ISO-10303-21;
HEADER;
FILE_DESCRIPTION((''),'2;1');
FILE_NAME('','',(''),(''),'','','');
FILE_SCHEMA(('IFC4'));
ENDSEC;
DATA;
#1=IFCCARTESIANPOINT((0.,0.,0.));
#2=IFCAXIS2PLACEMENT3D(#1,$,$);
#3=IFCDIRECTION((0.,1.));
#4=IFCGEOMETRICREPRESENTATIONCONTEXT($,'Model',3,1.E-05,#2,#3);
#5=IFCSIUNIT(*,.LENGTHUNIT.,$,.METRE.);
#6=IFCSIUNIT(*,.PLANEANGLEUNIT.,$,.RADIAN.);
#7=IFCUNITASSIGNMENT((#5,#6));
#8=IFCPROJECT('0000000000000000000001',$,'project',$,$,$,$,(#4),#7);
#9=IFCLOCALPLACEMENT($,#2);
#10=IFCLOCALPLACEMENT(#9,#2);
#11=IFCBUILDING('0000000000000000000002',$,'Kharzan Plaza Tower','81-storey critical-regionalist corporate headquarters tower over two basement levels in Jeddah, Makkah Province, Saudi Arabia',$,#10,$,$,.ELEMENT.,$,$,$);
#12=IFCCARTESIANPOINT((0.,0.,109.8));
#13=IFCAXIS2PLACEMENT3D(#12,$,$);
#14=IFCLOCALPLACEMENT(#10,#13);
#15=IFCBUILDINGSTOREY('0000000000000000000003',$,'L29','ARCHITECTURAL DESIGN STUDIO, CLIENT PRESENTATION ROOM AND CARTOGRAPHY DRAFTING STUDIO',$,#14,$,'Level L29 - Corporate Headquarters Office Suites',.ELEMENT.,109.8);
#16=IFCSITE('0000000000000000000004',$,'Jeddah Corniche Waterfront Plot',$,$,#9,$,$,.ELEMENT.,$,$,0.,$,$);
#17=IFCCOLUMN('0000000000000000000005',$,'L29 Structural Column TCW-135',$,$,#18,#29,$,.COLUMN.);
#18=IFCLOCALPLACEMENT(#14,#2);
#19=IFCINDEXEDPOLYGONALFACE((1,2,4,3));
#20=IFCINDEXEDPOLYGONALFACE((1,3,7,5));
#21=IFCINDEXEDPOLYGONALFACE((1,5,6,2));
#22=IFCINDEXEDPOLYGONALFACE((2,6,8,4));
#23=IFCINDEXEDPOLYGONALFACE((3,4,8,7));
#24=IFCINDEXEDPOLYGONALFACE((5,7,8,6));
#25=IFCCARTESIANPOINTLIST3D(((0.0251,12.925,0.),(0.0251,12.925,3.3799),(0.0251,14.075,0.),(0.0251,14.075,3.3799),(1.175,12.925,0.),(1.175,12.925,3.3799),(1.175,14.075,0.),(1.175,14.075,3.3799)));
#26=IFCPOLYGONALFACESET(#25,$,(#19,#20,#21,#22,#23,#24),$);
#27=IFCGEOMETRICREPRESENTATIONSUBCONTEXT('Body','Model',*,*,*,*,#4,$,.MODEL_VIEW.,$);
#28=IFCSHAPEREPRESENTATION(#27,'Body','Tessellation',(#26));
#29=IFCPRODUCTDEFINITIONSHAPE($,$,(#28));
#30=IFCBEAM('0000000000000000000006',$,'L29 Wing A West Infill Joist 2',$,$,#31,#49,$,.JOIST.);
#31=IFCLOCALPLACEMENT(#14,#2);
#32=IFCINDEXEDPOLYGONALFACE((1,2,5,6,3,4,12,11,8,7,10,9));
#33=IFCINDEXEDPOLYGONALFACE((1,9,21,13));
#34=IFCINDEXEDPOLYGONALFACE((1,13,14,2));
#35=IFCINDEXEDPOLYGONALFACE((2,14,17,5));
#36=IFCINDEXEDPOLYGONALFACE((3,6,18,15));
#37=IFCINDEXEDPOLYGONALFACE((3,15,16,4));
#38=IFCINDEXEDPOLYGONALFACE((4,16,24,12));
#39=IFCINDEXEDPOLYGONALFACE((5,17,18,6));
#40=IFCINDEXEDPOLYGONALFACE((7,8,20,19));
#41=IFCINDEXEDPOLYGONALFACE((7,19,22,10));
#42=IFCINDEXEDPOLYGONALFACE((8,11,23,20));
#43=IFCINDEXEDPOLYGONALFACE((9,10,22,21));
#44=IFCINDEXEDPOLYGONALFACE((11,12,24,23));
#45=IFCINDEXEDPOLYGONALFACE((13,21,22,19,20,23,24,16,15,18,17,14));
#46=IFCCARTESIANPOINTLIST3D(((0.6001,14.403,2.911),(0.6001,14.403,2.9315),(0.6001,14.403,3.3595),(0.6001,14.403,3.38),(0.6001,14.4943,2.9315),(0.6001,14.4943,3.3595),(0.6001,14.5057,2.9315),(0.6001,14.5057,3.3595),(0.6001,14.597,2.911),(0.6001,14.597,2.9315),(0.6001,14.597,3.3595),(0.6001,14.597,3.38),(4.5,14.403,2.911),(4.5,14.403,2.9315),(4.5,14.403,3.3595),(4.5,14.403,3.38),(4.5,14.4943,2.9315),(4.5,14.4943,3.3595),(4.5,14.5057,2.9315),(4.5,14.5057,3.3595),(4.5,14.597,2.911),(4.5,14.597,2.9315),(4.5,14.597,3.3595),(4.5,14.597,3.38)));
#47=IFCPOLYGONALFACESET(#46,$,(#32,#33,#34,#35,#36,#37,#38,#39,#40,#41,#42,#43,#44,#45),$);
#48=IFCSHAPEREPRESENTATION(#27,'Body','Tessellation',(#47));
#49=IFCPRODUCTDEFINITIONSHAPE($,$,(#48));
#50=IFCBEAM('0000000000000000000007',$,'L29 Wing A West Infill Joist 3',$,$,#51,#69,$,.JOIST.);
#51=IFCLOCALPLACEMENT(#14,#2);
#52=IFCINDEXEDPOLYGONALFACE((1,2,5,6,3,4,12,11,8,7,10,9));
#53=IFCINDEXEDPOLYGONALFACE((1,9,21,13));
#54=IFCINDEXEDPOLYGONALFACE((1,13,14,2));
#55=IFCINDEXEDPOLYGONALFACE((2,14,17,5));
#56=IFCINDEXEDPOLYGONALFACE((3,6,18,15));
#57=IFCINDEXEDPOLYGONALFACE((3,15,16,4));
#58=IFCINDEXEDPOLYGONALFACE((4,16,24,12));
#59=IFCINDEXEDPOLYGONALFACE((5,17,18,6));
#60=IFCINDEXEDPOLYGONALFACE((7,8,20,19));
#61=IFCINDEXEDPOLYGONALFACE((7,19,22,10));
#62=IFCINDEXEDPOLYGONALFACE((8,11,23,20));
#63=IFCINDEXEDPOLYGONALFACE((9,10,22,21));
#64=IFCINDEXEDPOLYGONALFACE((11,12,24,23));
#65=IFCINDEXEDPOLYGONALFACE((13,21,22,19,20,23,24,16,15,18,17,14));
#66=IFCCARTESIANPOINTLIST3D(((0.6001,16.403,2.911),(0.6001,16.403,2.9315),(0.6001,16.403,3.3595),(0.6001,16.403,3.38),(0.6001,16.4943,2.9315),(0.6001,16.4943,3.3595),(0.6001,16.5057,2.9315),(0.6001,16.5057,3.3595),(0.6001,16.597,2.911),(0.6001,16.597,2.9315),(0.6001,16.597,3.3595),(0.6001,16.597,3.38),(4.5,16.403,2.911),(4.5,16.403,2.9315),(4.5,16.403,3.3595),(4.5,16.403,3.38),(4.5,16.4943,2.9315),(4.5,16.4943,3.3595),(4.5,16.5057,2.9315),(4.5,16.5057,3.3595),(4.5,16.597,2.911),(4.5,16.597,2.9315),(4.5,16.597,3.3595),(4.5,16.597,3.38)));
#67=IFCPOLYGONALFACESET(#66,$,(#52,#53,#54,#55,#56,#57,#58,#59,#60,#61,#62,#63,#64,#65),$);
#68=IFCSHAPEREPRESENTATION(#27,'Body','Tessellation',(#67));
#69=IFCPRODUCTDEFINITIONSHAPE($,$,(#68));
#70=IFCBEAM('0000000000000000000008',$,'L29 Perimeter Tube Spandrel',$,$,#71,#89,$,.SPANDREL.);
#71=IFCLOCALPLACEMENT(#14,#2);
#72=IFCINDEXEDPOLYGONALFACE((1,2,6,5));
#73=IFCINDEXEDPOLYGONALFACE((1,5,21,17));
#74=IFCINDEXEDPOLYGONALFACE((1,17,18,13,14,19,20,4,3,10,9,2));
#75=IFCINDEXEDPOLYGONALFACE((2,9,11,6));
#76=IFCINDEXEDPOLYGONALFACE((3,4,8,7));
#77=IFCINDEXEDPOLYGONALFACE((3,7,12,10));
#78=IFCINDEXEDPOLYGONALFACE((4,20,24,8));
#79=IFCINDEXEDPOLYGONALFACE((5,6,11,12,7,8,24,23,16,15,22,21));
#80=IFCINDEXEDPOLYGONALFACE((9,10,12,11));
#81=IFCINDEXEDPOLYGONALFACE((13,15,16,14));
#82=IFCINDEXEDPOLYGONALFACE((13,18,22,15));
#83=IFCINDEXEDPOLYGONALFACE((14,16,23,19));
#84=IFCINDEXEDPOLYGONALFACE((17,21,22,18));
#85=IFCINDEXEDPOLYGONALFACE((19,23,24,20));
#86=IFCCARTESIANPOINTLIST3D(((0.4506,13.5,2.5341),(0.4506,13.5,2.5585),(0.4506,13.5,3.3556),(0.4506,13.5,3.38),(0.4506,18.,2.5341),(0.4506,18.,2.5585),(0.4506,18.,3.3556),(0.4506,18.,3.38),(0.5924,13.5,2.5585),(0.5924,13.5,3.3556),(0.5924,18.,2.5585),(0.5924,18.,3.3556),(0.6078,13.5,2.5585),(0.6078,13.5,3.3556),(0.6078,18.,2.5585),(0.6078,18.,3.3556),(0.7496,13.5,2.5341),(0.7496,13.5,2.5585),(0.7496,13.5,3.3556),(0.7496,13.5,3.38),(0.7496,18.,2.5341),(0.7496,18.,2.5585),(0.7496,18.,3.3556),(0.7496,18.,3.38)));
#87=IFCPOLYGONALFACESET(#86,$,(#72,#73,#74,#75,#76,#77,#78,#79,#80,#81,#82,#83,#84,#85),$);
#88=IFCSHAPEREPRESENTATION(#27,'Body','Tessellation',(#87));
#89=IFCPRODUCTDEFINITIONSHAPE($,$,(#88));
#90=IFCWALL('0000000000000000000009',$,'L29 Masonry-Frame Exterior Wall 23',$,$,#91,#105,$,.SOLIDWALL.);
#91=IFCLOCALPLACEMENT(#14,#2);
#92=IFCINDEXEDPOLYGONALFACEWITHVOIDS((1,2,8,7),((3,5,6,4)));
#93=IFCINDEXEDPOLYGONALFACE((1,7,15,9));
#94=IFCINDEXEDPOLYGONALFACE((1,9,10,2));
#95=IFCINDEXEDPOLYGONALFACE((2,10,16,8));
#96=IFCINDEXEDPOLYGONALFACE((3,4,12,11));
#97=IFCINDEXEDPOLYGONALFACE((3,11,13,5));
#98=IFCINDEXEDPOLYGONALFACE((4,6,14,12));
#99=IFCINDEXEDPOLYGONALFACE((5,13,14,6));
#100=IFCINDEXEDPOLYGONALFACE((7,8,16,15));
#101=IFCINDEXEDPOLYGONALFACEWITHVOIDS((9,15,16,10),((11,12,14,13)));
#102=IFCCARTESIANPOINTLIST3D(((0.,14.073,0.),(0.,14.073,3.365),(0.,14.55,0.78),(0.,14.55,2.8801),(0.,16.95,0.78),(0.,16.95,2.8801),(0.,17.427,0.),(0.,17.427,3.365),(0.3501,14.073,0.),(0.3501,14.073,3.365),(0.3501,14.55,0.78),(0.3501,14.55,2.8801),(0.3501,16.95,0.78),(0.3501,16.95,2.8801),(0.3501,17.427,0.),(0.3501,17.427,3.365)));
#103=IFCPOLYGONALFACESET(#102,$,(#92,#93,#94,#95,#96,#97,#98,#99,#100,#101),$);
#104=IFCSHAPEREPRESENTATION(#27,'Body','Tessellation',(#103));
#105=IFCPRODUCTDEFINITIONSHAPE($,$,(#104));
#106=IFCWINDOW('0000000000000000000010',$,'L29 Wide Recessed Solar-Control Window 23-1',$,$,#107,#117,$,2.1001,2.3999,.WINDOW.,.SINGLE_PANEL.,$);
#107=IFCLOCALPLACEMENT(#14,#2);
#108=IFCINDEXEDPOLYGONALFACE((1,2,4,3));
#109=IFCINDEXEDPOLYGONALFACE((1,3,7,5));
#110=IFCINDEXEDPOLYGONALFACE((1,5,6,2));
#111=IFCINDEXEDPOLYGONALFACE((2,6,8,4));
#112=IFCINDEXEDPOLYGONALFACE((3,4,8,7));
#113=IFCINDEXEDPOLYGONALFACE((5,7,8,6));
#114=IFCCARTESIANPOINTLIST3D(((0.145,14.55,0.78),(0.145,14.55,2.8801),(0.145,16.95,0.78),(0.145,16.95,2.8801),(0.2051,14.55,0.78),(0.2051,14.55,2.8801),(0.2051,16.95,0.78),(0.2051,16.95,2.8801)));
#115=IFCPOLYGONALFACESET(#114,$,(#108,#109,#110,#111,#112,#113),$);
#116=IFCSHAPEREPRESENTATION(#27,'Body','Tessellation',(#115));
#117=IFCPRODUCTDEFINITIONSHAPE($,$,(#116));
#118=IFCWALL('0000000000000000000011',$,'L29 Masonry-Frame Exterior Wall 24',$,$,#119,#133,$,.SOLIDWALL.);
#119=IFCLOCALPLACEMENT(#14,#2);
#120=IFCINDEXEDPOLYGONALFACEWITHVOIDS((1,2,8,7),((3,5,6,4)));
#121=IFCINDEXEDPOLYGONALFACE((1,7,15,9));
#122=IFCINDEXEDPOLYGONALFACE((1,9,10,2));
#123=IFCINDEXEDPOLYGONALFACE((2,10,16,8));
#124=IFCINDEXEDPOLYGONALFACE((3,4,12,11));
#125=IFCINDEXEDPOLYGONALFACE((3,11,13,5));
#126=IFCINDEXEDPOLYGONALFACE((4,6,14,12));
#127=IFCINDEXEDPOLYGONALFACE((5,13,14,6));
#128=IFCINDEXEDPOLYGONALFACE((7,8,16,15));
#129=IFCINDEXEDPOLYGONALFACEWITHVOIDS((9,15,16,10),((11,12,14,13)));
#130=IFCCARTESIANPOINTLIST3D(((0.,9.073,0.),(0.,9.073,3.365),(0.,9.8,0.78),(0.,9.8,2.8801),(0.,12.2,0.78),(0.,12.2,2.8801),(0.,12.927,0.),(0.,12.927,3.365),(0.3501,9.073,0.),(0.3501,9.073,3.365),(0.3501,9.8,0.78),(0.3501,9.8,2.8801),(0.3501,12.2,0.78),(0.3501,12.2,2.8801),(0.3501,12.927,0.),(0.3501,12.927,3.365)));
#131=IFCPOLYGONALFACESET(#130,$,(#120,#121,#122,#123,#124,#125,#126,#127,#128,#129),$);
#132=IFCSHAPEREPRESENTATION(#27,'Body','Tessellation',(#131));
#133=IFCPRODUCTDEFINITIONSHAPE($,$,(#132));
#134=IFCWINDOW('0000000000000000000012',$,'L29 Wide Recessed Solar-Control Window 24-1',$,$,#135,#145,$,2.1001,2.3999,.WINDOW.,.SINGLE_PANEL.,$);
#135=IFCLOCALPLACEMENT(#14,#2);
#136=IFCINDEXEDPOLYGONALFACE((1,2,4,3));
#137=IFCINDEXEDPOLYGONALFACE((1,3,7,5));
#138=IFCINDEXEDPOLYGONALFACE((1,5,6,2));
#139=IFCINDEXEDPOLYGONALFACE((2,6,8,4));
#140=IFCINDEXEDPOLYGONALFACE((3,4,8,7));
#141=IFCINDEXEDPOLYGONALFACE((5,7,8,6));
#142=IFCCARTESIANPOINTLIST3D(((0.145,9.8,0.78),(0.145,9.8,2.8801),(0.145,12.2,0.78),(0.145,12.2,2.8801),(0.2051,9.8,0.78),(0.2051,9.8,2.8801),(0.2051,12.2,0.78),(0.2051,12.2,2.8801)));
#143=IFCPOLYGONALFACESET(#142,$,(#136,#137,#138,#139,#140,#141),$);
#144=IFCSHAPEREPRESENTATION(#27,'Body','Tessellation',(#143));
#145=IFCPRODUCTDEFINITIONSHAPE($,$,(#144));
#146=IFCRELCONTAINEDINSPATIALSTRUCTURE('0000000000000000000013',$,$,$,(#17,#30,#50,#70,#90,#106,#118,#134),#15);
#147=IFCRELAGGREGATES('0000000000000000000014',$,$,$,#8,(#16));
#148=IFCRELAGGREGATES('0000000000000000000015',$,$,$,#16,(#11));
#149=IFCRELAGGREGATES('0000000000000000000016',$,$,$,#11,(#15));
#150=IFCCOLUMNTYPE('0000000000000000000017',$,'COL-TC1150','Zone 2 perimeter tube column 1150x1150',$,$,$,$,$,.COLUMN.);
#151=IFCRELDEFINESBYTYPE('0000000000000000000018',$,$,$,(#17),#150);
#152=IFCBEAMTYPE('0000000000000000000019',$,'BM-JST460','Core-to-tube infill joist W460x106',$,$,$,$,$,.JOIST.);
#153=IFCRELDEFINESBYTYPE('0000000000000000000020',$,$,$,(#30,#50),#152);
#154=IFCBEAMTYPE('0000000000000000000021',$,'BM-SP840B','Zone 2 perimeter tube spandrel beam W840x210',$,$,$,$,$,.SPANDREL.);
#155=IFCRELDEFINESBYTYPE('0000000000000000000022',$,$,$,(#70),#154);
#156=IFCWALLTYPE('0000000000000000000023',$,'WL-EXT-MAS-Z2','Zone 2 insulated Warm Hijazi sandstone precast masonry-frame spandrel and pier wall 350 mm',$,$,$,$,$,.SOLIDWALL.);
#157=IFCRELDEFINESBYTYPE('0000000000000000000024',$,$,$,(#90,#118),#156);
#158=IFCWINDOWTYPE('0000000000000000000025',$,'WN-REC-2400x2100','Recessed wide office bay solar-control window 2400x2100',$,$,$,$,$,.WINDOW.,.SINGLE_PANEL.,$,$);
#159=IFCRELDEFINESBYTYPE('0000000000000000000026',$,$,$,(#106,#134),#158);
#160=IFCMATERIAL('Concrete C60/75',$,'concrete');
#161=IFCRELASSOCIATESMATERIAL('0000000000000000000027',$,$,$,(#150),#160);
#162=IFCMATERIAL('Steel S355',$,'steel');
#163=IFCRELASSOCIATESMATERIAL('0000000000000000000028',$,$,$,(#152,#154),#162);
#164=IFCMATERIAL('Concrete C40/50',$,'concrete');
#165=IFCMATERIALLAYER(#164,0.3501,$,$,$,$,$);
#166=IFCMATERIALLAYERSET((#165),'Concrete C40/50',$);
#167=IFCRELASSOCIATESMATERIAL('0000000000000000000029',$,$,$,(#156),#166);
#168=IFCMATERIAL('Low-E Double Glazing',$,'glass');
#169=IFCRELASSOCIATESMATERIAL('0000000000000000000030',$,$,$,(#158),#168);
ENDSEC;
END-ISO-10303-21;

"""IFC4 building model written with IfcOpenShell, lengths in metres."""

from ifc_helpers import new_model, si_unit, direction, frame, frame_2d, origin, origin_2d, place, context, subcontext, project, spatial, rectangle, i_section, extrude, source, transform, mapped, material, layer, layer_set, material_profile, profile_set, type_object, element, fill, save


model = new_model("IFC4")

# Units and contexts
model_context = context("Model", 3, precision=1e-05, world=origin(), true_north=direction((0.0, 1.0)))
body_context = subcontext(model_context, "Body", "Model", "MODEL_VIEW")
ifc_project = project(units=[si_unit("LENGTHUNIT", "METRE"), si_unit("PLANEANGLEUNIT", "RADIAN")], contexts=[model_context])

# Site, building, storey
site_placement = place(None, origin())
site = spatial("IfcSite", under=ifc_project, at=site_placement, Name="Jeddah Corniche Waterfront Plot", CompositionType="ELEMENT", RefElevation=0.0)
building_placement = place(site_placement, origin())
building = spatial("IfcBuilding", under=site, at=building_placement, Name="Kharzan Plaza Tower", Description="81-storey critical-regionalist corporate headquarters tower over two basement levels in Jeddah, Makkah Province, Saudi Arabia", CompositionType="ELEMENT")
storey_placement = place(building_placement, frame((0.0, 0.0, 109.8)))
storey = spatial("IfcBuildingStorey", under=building, at=storey_placement, Name="L29", Description="ARCHITECTURAL DESIGN STUDIO, CLIENT PRESENTATION ROOM AND CARTOGRAPHY DRAFTING STUDIO", LongName="Level L29 - Corporate Headquarters Office Suites", CompositionType="ELEMENT", Elevation=109.8)

# Column
ifc_material_1 = material(Name="Concrete C60/75", Category="concrete")
ifc_material_profile_1 = material_profile(ifc_material_1, rectangle(XDim=1.1499, YDim=1.1499, at=origin_2d()), Name="RC-TC1150x1150")
ifc_profile_set_1 = profile_set([ifc_material_profile_1], Name="Concrete C60/75")
column_type = type_object("IfcColumnType", Name="COL-TC1150", Description="Zone 2 perimeter tube column 1150x1150", PredefinedType="COLUMN", material=ifc_profile_set_1)
shared_shape_1 = source(origin(), body_context, "Body", "SweptSolid", [
    extrude(rectangle(XDim=1.1499, YDim=1.1499, at=origin_2d()), origin(), (0.0, 0.0, 1.0), 3.3799),
])
column_placement = place(storey_placement, frame((0.6001, 13.5, 0.0), z_axis=(0.0, 0.0, 1.0), x_axis=(1.0, 0.0, 0.0)))
element("IfcColumn", 1, at=column_placement, inside=storey, type_object=column_type, Name="L29 Structural Column TCW-135", PredefinedType="COLUMN", context=body_context, shape_type="MappedRepresentation", body=[
    mapped(shared_shape_1, transform((0.0, 0.0, 0.0), x_axis=(1.0, 0.0, 0.0), y_axis=(0.0, 1.0, 0.0), z_axis=(0.0, 0.0, 1.0))),
])

# Beams
ifc_material_2 = material(Name="Steel S355", Category="steel")
ifc_material_profile_2 = material_profile(ifc_material_2, i_section(OverallWidth=0.1941, OverallDepth=0.469, WebThickness=0.0115, FlangeThickness=0.0205, at=origin_2d()), Name="W460x106")
ifc_profile_set_2 = profile_set([ifc_material_profile_2], Name="Steel S355")
beam_type_1 = type_object("IfcBeamType", Name="BM-JST460", Description="Core-to-tube infill joist W460x106", PredefinedType="JOIST", material=ifc_profile_set_2)
shared_shape_2 = source(origin(), body_context, "Body", "SweptSolid", [
    extrude(i_section(OverallWidth=0.1941, OverallDepth=0.469, WebThickness=0.0115, FlangeThickness=0.0205, at=origin_2d()), origin(), (0.0, 0.0, 1.0), 3.8999),
])
for number, where, z_axis, x_axis, name in (
    (2, (0.6001, 14.5, 3.1455), (1.0, 0.0, 0.0), (0.0, 1.0, 0.0), "L29 Wing A West Infill Joist 2"),
    (3, (0.6001, 16.5, 3.1455), (1.0, 0.0, 0.0), (0.0, 1.0, 0.0), "L29 Wing A West Infill Joist 3"),
):
    element("IfcBeam", number, at=place(storey_placement, frame(where, z_axis=z_axis, x_axis=x_axis)), inside=storey, type_object=beam_type_1, Name=name, PredefinedType="JOIST", context=body_context, shape_type="MappedRepresentation", body=[
        mapped(shared_shape_2, transform((0.0, 0.0, 0.0), x_axis=(1.0, 0.0, 0.0), y_axis=(0.0, 1.0, 0.0), z_axis=(0.0, 0.0, 1.0))),
    ])
ifc_material_profile_3 = material_profile(ifc_material_2, i_section(OverallWidth=0.2991, OverallDepth=0.8459, WebThickness=0.0154, FlangeThickness=0.0244, at=origin_2d()), Name="W840x210")
ifc_profile_set_3 = profile_set([ifc_material_profile_3], Name="Steel S355")
beam_type_2 = type_object("IfcBeamType", Name="BM-SP840B", Description="Zone 2 perimeter tube spandrel beam W840x210", PredefinedType="SPANDREL", material=ifc_profile_set_3)
shared_shape_3 = source(origin(), body_context, "Body", "SweptSolid", [
    extrude(i_section(OverallWidth=0.2991, OverallDepth=0.8459, WebThickness=0.0154, FlangeThickness=0.0244, at=origin_2d()), origin(), (0.0, 0.0, 1.0), 4.5),
])
beam_placement = place(storey_placement, frame((0.6001, 13.5, 2.957), z_axis=(0.0, 1.0, 0.0), x_axis=(-1.0, 0.0, 0.0)))
element("IfcBeam", 4, at=beam_placement, inside=storey, type_object=beam_type_2, Name="L29 Perimeter Tube Spandrel", PredefinedType="SPANDREL", context=body_context, shape_type="MappedRepresentation", body=[
    mapped(shared_shape_3, transform((0.0, 0.0, 0.0), x_axis=(1.0, 0.0, 0.0), y_axis=(0.0, 1.0, 0.0), z_axis=(0.0, 0.0, 1.0))),
])

# Walls, openings, windows
ifc_material_3 = material(Name="Concrete C40/50", Category="concrete")
ifc_layer_1 = layer(ifc_material_3, 0.3501)
ifc_layer_set_1 = layer_set([ifc_layer_1], Name="Concrete C40/50")
wall_type_1 = type_object("IfcWallType", Name="WL-EXT-MAS-Z2", Description="Zone 2 insulated Warm Hijazi sandstone precast masonry-frame spandrel and pier wall 350 mm", PredefinedType="SOLIDWALL", material=ifc_layer_set_1)
wall_1_placement = place(storey_placement, frame((0.175, 17.427, 0.0), z_axis=(0.0, 0.0, 1.0), x_axis=(0.0, -1.0, 0.0)))
wall_1 = element("IfcWall", 5, at=wall_1_placement, inside=storey, type_object=wall_type_1, Name="L29 Masonry-Frame Exterior Wall 23", PredefinedType="SOLIDWALL", context=body_context, shape_type="SweptSolid", body=[
    extrude(rectangle(XDim=3.354, YDim=0.3501, at=frame_2d((1.677, 0.0))), origin(), (0.0, 0.0, 1.0), 3.365),
])
opening_1_placement = place(wall_1_placement, frame((0.4771, 0.0, 0.78)))
opening_1 = element("IfcOpeningElement", 6, at=opening_1_placement, cuts=wall_1, PredefinedType="OPENING", context=body_context, shape_type="SweptSolid", body=[
    extrude(rectangle(XDim=2.3999, YDim=2.1001, at=frame_2d((1.2, 1.05))), frame((0.0, 0.1851, 0.0), z_axis=(0.0, -1.0, 0.0), x_axis=(1.0, 0.0, 0.0)), (0.0, 0.0, 1.0), 0.3701),
])
ifc_material_4 = material(Name="Low-E Double Glazing", Category="glass")
window_type = type_object("IfcWindowType", Name="WN-REC-2400x2100", Description="Recessed wide office bay solar-control window 2400x2100", PartitioningType="SINGLE_PANEL", PredefinedType="WINDOW", material=ifc_material_4)
shared_shape_4 = source(origin(), body_context, "Body", "SweptSolid", [
    extrude(rectangle(XDim=2.3999, YDim=2.1001, at=frame_2d((1.2, 1.05))), frame((0.0, 0.03, 0.0), z_axis=(0.0, -1.0, 0.0), x_axis=(1.0, 0.0, 0.0)), (0.0, 0.0, 1.0), 0.0601),
])
window_1_placement = place(opening_1_placement, origin())
window_1 = element("IfcWindow", 7, at=window_1_placement, inside=storey, type_object=window_type, Name="L29 Wide Recessed Solar-Control Window 23-1", OverallHeight=2.1001, OverallWidth=2.3999, PartitioningType="SINGLE_PANEL", PredefinedType="WINDOW", context=body_context, shape_type="MappedRepresentation", body=[
    mapped(shared_shape_4, transform((0.0, 0.0, 0.0), x_axis=(1.0, 0.0, 0.0), y_axis=(0.0, 1.0, 0.0), z_axis=(0.0, 0.0, 1.0))),
])
fill(opening_1, window_1)
wall_2_placement = place(storey_placement, frame((0.175, 12.927, 0.0), z_axis=(0.0, 0.0, 1.0), x_axis=(0.0, -1.0, 0.0)))
wall_2 = element("IfcWall", 8, at=wall_2_placement, inside=storey, type_object=wall_type_1, Name="L29 Masonry-Frame Exterior Wall 24", PredefinedType="SOLIDWALL", context=body_context, shape_type="SweptSolid", body=[
    extrude(rectangle(XDim=3.854, YDim=0.3501, at=frame_2d((1.927, 0.0))), origin(), (0.0, 0.0, 1.0), 3.365),
])
opening_2_placement = place(wall_2_placement, frame((0.7271, 0.0, 0.78)))
opening_2 = element("IfcOpeningElement", 9, at=opening_2_placement, cuts=wall_2, PredefinedType="OPENING", context=body_context, shape_type="SweptSolid", body=[
    extrude(rectangle(XDim=2.3999, YDim=2.1001, at=frame_2d((1.2, 1.05))), frame((0.0, 0.1851, 0.0), z_axis=(0.0, -1.0, 0.0), x_axis=(1.0, 0.0, 0.0)), (0.0, 0.0, 1.0), 0.3701),
])
window_2_placement = place(opening_2_placement, origin())
window_2 = element("IfcWindow", 10, at=window_2_placement, inside=storey, type_object=window_type, Name="L29 Wide Recessed Solar-Control Window 24-1", OverallHeight=2.1001, OverallWidth=2.3999, PartitioningType="SINGLE_PANEL", PredefinedType="WINDOW", context=body_context, shape_type="MappedRepresentation", body=[
    mapped(shared_shape_4, transform((0.0, 0.0, 0.0), x_axis=(1.0, 0.0, 0.0), y_axis=(0.0, 1.0, 0.0), z_axis=(0.0, 0.0, 1.0))),
])
fill(opening_2, window_2)

save(model, "model.ifc")
